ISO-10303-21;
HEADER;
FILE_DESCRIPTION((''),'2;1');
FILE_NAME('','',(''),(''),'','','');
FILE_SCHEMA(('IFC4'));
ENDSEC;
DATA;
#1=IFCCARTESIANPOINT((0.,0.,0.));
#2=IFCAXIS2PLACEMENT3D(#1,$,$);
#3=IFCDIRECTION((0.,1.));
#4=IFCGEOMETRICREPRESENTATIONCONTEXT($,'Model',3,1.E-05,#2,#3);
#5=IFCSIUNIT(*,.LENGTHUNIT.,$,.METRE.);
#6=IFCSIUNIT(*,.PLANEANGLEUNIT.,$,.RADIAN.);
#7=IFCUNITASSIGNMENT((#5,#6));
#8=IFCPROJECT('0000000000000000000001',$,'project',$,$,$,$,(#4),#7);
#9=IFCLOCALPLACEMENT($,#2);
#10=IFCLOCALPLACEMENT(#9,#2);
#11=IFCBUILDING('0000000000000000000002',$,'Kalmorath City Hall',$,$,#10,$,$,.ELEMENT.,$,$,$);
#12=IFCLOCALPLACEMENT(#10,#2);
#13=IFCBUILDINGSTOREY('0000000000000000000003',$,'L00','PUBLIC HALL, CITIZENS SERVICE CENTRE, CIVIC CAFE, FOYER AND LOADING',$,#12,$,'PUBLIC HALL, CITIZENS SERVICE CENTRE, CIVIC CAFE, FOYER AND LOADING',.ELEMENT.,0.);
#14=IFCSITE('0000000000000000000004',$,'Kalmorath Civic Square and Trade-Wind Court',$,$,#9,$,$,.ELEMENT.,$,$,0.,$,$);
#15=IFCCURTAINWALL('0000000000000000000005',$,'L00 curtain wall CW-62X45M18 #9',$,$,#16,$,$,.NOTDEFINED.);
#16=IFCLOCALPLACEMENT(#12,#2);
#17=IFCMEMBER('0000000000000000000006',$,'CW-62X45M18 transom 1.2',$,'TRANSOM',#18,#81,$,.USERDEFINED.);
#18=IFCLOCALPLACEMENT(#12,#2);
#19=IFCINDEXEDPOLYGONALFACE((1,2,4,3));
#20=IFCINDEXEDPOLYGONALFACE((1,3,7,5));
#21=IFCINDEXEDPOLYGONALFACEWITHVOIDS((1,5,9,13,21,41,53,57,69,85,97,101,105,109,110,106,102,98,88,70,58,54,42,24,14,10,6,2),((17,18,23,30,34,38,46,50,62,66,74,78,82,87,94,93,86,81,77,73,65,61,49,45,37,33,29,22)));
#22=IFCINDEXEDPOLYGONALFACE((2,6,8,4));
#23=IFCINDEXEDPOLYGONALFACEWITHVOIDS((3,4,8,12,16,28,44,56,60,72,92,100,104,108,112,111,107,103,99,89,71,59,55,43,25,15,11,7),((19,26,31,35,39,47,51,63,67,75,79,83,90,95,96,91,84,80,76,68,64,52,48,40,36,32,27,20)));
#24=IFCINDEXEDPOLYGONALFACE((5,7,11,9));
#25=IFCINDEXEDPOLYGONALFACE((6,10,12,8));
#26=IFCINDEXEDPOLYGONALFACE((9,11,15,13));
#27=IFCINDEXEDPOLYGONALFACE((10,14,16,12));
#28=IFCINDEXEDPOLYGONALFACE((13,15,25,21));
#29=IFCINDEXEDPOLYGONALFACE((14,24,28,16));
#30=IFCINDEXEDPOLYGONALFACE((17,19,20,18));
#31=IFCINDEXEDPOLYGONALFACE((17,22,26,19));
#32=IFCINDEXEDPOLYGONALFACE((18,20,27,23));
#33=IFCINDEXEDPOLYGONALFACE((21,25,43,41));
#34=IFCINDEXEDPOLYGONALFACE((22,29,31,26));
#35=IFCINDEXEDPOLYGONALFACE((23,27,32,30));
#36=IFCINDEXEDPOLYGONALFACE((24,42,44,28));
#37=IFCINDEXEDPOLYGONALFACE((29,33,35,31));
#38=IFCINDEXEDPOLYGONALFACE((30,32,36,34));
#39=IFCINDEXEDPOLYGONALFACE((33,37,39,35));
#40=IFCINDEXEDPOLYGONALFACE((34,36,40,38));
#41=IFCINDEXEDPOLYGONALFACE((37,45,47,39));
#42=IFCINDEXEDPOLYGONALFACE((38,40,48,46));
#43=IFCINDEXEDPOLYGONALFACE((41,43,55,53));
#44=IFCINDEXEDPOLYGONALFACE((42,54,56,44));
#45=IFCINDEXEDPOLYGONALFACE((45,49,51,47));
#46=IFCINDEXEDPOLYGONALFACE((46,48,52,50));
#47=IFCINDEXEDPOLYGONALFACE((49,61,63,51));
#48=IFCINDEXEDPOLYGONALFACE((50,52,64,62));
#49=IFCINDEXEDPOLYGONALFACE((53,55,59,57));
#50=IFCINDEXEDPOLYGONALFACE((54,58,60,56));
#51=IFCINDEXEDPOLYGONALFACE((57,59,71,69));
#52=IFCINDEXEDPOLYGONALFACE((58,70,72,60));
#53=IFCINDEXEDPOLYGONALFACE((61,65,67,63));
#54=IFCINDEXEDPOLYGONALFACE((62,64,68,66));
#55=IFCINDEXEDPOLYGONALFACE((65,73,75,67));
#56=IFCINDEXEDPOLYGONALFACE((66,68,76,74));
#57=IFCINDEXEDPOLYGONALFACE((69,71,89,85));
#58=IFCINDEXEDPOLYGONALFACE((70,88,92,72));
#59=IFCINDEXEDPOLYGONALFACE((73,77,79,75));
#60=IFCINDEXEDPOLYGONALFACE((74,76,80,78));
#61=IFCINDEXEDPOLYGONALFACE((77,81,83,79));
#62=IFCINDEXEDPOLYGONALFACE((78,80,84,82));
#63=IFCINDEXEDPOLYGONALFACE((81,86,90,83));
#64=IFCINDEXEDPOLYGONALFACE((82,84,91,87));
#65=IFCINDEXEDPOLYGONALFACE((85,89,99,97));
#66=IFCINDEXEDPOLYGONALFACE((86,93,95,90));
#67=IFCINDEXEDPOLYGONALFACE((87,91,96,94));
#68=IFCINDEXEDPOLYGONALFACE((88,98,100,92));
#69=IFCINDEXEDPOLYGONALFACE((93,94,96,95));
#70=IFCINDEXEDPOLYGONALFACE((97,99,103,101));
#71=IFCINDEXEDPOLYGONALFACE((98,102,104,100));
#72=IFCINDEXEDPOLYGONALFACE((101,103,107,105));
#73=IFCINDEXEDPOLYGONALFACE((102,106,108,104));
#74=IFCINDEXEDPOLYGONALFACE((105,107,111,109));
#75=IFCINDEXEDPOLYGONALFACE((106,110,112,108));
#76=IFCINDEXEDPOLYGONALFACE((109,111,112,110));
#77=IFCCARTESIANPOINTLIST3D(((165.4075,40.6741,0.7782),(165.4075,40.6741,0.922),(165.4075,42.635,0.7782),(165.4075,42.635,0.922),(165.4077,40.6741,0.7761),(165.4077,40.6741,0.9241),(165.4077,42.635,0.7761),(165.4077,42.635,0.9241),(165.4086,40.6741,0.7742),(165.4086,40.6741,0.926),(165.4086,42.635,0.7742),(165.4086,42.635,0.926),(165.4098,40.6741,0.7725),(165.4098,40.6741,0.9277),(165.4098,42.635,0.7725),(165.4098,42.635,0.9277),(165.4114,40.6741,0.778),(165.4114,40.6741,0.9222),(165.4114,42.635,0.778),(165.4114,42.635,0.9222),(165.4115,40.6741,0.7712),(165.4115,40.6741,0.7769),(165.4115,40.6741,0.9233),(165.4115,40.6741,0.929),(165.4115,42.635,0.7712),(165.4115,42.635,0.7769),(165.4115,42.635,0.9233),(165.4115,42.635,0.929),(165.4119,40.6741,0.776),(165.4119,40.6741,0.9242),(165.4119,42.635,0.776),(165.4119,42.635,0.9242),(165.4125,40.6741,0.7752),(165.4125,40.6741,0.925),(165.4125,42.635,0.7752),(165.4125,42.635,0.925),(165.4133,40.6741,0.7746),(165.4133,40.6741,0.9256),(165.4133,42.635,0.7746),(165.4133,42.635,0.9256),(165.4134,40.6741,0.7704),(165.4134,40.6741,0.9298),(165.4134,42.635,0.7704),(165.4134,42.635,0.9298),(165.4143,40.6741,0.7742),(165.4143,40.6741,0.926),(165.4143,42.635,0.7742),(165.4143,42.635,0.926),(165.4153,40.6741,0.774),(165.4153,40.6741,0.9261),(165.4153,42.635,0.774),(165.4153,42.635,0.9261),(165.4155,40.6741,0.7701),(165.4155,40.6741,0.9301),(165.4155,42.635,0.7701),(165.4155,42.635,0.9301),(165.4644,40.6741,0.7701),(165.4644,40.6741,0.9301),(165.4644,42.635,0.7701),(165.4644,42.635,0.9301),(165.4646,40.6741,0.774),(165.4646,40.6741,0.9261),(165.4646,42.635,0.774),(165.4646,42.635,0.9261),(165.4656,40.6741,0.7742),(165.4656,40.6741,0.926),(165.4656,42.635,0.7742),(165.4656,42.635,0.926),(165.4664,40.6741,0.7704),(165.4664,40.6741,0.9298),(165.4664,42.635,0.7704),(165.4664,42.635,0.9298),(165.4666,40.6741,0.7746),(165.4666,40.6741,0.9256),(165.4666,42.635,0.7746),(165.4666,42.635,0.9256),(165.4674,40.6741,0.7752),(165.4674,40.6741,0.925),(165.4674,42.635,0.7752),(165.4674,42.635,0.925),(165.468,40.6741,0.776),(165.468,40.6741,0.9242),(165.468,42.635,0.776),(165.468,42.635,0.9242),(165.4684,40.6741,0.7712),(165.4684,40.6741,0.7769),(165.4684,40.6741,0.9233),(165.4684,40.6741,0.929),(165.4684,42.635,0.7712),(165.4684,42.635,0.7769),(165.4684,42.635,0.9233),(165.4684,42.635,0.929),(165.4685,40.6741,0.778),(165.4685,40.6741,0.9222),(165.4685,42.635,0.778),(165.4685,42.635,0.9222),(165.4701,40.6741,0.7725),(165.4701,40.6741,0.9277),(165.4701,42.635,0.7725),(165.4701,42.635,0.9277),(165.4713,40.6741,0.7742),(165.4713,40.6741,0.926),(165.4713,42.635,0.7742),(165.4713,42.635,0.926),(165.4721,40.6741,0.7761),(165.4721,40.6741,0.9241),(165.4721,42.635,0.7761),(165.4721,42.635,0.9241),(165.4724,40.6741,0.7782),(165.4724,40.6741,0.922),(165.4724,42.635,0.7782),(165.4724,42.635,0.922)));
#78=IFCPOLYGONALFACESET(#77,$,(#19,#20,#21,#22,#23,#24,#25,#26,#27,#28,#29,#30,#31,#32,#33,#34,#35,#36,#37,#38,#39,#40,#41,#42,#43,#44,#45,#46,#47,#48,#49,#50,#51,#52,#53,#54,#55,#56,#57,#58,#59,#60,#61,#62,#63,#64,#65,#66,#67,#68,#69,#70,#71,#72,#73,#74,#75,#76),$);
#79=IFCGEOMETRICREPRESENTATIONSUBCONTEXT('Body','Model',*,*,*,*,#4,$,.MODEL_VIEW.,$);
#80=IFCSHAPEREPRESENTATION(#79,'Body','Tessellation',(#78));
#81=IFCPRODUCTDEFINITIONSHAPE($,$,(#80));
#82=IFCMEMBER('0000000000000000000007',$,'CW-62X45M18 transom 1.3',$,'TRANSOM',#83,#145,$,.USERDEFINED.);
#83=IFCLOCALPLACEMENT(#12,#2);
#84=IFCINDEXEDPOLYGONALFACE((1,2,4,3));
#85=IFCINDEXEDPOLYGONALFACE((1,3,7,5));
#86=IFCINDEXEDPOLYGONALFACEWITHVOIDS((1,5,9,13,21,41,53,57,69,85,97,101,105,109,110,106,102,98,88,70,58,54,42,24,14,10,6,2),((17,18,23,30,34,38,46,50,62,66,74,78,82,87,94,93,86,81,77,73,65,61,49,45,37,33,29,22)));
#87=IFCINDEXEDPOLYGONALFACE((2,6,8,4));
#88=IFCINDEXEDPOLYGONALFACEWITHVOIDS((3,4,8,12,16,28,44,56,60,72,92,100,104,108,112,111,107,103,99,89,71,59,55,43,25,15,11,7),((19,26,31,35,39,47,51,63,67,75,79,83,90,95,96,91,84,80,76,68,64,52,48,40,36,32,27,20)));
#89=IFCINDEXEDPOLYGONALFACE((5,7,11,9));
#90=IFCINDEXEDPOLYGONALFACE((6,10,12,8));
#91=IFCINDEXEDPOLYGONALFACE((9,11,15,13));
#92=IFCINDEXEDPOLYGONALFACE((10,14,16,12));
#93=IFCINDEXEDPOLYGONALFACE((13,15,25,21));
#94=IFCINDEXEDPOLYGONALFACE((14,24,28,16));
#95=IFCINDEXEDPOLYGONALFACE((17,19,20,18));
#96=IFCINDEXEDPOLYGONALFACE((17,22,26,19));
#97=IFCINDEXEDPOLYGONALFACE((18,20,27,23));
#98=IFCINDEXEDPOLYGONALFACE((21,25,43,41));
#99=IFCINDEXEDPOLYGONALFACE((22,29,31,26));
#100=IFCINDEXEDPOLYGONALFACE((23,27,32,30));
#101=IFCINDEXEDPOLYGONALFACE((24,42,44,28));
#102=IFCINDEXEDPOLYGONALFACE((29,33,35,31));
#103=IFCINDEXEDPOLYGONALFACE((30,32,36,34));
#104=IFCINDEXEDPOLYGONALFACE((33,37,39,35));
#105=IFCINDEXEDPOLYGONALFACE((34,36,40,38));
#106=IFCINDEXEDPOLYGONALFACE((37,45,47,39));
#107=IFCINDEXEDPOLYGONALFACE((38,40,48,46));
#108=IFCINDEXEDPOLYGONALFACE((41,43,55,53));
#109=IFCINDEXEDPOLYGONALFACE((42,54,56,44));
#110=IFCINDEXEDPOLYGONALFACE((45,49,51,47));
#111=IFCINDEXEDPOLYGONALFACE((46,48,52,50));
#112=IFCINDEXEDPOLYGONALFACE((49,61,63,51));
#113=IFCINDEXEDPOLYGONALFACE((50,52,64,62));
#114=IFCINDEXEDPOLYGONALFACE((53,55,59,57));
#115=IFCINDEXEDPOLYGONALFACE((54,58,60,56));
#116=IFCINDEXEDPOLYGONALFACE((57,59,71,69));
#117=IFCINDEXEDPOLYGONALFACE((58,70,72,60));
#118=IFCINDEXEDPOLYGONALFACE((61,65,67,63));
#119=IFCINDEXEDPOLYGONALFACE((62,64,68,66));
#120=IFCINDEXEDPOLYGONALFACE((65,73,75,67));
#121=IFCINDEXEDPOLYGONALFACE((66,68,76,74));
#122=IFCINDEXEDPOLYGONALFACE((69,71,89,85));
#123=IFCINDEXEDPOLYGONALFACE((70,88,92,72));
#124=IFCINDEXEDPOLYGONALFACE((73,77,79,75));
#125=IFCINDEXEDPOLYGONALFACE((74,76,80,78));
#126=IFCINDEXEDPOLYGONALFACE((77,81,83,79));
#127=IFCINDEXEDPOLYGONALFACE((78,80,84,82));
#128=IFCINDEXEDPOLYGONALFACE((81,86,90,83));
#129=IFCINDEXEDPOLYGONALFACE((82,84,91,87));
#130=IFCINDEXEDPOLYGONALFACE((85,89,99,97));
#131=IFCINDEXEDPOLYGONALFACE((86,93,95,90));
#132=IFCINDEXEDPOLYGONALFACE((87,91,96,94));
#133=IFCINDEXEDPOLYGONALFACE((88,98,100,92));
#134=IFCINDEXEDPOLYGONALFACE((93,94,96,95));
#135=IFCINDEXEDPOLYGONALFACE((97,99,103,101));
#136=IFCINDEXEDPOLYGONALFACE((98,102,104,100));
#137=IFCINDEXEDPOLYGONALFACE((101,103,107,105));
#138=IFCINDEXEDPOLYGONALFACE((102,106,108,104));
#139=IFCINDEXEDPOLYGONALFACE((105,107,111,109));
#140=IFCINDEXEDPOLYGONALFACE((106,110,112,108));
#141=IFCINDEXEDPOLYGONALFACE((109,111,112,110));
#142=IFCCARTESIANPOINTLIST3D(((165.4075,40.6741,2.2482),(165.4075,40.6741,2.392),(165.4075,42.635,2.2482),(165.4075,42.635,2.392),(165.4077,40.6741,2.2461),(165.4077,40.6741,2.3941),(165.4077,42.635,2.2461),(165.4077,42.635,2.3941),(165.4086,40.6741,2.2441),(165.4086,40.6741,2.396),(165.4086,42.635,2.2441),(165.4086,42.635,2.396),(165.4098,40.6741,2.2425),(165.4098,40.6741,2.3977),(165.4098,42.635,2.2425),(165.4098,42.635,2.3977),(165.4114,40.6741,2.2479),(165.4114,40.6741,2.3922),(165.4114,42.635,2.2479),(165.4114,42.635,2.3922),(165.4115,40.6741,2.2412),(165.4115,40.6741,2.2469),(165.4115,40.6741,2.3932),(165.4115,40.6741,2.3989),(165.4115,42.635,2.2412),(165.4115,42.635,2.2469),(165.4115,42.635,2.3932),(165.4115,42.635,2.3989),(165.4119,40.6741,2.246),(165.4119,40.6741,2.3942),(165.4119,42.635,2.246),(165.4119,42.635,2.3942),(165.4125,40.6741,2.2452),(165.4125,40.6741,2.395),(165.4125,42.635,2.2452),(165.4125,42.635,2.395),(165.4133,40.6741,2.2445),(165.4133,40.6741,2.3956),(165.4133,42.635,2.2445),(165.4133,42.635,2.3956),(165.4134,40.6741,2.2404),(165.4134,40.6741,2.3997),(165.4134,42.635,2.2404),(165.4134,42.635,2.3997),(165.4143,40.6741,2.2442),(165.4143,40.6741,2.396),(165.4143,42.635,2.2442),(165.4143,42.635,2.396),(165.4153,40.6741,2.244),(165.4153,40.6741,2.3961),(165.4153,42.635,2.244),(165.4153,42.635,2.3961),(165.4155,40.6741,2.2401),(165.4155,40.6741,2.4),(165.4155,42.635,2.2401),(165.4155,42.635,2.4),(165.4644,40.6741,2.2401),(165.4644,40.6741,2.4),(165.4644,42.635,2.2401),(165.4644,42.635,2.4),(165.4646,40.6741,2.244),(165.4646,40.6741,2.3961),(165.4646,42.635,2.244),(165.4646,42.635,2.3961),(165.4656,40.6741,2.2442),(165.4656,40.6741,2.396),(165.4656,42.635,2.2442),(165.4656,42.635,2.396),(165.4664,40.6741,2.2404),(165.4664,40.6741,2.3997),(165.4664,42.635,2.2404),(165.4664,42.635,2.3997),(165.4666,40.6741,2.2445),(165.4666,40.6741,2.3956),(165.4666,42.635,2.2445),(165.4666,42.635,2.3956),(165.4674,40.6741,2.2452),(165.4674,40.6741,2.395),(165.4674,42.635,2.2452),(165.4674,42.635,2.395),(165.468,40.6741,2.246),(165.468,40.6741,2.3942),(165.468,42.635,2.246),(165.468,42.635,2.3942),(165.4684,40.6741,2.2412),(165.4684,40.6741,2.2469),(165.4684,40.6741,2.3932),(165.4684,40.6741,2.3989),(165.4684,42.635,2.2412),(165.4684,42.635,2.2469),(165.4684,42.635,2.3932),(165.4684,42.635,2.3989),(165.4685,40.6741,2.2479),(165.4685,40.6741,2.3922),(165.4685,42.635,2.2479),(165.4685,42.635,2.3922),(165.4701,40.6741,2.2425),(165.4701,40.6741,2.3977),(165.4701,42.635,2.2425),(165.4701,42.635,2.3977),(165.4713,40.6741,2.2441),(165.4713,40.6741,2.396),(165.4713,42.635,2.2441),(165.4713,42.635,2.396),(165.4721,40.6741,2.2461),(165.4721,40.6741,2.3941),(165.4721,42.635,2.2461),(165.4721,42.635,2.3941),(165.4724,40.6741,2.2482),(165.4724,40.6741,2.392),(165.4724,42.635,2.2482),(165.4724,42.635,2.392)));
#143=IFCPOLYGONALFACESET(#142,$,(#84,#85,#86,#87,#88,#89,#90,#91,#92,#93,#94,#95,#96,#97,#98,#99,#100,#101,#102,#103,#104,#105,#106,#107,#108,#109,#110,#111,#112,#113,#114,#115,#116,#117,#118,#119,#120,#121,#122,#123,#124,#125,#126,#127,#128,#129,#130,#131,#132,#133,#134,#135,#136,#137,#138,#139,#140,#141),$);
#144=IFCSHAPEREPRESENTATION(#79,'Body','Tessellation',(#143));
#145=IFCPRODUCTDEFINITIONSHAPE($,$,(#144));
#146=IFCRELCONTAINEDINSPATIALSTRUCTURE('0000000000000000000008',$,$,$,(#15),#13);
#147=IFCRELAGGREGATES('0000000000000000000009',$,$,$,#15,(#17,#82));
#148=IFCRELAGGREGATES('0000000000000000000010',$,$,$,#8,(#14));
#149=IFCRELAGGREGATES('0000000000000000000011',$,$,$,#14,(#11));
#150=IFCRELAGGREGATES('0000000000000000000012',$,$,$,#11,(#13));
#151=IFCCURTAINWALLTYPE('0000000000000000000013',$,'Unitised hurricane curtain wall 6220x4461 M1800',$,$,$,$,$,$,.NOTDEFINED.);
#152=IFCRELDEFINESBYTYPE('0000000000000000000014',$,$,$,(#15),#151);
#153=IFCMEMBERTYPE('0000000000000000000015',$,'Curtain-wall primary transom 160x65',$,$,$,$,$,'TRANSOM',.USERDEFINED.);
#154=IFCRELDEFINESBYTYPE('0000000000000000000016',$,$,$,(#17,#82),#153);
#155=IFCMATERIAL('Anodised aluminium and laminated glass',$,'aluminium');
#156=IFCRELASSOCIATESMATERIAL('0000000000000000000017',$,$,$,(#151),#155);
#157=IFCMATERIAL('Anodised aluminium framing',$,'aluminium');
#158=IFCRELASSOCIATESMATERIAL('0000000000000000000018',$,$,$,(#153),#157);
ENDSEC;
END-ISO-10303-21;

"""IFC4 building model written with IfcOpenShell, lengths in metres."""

from ifc_helpers import new_model, si_unit, direction, frame, origin, origin_2d, place, context, subcontext, project, spatial, hollow_rectangle, extrude, material, material_profile, profile_set, type_object, element, aggregate, save


model = new_model("IFC4")

# Units and contexts
model_context = context("Model", 3, precision=1e-05, world=origin(), true_north=direction((0.0, 1.0)))
body_context = subcontext(model_context, "Body", "Model", "MODEL_VIEW")
ifc_project = project(units=[si_unit("LENGTHUNIT", "METRE"), si_unit("PLANEANGLEUNIT", "RADIAN")], contexts=[model_context])

# Site, building, storey
site_placement = place(None, origin())
site = spatial("IfcSite", under=ifc_project, at=site_placement, Name="Kalmorath Civic Square and Trade-Wind Court", CompositionType="ELEMENT", RefElevation=0.0)
building_placement = place(site_placement, origin())
building = spatial("IfcBuilding", under=site, at=building_placement, Name="Kalmorath City Hall", CompositionType="ELEMENT")
storey_placement = place(building_placement, origin())
storey = spatial("IfcBuildingStorey", under=building, at=storey_placement, Name="L00", Description="PUBLIC HALL, CITIZENS SERVICE CENTRE, CIVIC CAFE, FOYER AND LOADING", LongName="PUBLIC HALL, CITIZENS SERVICE CENTRE, CIVIC CAFE, FOYER AND LOADING", CompositionType="ELEMENT", Elevation=0.0)

# Curtain wall, members
ifc_material_1 = material(Name="Anodised aluminium and laminated glass", Category="aluminium")
curtain_wall_type = type_object("IfcCurtainWallType", Name="Unitised hurricane curtain wall 6220x4461 M1800", PredefinedType="NOTDEFINED", material=ifc_material_1)
curtain_wall_placement = place(storey_placement, origin())
curtain_wall = element("IfcCurtainWall", 1, at=curtain_wall_placement, inside=storey, type_object=curtain_wall_type, Name="L00 curtain wall CW-62X45M18 #9", PredefinedType="NOTDEFINED")
ifc_material_2 = material(Name="Anodised aluminium framing", Category="aluminium")
ifc_material_profile_1 = material_profile(ifc_material_2, hollow_rectangle(XDim=0.0649, YDim=0.1599, WallThickness=0.0039, InnerFilletRadius=0.0039, OuterFilletRadius=0.0081, at=origin_2d()), Name="ALU-TRN-160X65X4")
ifc_profile_set_1 = profile_set([ifc_material_profile_1], Name="Anodised aluminium framing")
member_type_1 = type_object("IfcMemberType", Name="Curtain-wall primary transom 160x65", ElementType="TRANSOM", PredefinedType="USERDEFINED", material=ifc_profile_set_1)
member_1_placement = place(storey_placement, frame((165.4399, 42.635, 0.8501), z_axis=(0.0, -1.0, 0.0), x_axis=(1.0, 0.0, 0.0)))
member_1 = element("IfcMember", 2, at=member_1_placement, type_object=member_type_1, Name="CW-62X45M18 transom 1.2", ObjectType="TRANSOM", PredefinedType="USERDEFINED", context=body_context, shape_type="SweptSolid", body=[
    extrude(hollow_rectangle(XDim=0.0649, YDim=0.1599, WallThickness=0.0039, InnerFilletRadius=0.0039, OuterFilletRadius=0.0081, at=origin_2d()), origin(), (0.0, 0.0, 1.0), 1.9609),
])
member_2_placement = place(storey_placement, frame((165.4399, 42.635, 2.3201), z_axis=(0.0, -1.0, 0.0), x_axis=(1.0, 0.0, 0.0)))
member_2 = element("IfcMember", 3, at=member_2_placement, type_object=member_type_1, Name="CW-62X45M18 transom 1.3", ObjectType="TRANSOM", PredefinedType="USERDEFINED", context=body_context, shape_type="SweptSolid", body=[
    extrude(hollow_rectangle(XDim=0.0649, YDim=0.1599, WallThickness=0.0039, InnerFilletRadius=0.0039, OuterFilletRadius=0.0081, at=origin_2d()), origin(), (0.0, 0.0, 1.0), 1.9609),
])
aggregate(curtain_wall, [member_1, member_2])

save(model, "model.ifc")
